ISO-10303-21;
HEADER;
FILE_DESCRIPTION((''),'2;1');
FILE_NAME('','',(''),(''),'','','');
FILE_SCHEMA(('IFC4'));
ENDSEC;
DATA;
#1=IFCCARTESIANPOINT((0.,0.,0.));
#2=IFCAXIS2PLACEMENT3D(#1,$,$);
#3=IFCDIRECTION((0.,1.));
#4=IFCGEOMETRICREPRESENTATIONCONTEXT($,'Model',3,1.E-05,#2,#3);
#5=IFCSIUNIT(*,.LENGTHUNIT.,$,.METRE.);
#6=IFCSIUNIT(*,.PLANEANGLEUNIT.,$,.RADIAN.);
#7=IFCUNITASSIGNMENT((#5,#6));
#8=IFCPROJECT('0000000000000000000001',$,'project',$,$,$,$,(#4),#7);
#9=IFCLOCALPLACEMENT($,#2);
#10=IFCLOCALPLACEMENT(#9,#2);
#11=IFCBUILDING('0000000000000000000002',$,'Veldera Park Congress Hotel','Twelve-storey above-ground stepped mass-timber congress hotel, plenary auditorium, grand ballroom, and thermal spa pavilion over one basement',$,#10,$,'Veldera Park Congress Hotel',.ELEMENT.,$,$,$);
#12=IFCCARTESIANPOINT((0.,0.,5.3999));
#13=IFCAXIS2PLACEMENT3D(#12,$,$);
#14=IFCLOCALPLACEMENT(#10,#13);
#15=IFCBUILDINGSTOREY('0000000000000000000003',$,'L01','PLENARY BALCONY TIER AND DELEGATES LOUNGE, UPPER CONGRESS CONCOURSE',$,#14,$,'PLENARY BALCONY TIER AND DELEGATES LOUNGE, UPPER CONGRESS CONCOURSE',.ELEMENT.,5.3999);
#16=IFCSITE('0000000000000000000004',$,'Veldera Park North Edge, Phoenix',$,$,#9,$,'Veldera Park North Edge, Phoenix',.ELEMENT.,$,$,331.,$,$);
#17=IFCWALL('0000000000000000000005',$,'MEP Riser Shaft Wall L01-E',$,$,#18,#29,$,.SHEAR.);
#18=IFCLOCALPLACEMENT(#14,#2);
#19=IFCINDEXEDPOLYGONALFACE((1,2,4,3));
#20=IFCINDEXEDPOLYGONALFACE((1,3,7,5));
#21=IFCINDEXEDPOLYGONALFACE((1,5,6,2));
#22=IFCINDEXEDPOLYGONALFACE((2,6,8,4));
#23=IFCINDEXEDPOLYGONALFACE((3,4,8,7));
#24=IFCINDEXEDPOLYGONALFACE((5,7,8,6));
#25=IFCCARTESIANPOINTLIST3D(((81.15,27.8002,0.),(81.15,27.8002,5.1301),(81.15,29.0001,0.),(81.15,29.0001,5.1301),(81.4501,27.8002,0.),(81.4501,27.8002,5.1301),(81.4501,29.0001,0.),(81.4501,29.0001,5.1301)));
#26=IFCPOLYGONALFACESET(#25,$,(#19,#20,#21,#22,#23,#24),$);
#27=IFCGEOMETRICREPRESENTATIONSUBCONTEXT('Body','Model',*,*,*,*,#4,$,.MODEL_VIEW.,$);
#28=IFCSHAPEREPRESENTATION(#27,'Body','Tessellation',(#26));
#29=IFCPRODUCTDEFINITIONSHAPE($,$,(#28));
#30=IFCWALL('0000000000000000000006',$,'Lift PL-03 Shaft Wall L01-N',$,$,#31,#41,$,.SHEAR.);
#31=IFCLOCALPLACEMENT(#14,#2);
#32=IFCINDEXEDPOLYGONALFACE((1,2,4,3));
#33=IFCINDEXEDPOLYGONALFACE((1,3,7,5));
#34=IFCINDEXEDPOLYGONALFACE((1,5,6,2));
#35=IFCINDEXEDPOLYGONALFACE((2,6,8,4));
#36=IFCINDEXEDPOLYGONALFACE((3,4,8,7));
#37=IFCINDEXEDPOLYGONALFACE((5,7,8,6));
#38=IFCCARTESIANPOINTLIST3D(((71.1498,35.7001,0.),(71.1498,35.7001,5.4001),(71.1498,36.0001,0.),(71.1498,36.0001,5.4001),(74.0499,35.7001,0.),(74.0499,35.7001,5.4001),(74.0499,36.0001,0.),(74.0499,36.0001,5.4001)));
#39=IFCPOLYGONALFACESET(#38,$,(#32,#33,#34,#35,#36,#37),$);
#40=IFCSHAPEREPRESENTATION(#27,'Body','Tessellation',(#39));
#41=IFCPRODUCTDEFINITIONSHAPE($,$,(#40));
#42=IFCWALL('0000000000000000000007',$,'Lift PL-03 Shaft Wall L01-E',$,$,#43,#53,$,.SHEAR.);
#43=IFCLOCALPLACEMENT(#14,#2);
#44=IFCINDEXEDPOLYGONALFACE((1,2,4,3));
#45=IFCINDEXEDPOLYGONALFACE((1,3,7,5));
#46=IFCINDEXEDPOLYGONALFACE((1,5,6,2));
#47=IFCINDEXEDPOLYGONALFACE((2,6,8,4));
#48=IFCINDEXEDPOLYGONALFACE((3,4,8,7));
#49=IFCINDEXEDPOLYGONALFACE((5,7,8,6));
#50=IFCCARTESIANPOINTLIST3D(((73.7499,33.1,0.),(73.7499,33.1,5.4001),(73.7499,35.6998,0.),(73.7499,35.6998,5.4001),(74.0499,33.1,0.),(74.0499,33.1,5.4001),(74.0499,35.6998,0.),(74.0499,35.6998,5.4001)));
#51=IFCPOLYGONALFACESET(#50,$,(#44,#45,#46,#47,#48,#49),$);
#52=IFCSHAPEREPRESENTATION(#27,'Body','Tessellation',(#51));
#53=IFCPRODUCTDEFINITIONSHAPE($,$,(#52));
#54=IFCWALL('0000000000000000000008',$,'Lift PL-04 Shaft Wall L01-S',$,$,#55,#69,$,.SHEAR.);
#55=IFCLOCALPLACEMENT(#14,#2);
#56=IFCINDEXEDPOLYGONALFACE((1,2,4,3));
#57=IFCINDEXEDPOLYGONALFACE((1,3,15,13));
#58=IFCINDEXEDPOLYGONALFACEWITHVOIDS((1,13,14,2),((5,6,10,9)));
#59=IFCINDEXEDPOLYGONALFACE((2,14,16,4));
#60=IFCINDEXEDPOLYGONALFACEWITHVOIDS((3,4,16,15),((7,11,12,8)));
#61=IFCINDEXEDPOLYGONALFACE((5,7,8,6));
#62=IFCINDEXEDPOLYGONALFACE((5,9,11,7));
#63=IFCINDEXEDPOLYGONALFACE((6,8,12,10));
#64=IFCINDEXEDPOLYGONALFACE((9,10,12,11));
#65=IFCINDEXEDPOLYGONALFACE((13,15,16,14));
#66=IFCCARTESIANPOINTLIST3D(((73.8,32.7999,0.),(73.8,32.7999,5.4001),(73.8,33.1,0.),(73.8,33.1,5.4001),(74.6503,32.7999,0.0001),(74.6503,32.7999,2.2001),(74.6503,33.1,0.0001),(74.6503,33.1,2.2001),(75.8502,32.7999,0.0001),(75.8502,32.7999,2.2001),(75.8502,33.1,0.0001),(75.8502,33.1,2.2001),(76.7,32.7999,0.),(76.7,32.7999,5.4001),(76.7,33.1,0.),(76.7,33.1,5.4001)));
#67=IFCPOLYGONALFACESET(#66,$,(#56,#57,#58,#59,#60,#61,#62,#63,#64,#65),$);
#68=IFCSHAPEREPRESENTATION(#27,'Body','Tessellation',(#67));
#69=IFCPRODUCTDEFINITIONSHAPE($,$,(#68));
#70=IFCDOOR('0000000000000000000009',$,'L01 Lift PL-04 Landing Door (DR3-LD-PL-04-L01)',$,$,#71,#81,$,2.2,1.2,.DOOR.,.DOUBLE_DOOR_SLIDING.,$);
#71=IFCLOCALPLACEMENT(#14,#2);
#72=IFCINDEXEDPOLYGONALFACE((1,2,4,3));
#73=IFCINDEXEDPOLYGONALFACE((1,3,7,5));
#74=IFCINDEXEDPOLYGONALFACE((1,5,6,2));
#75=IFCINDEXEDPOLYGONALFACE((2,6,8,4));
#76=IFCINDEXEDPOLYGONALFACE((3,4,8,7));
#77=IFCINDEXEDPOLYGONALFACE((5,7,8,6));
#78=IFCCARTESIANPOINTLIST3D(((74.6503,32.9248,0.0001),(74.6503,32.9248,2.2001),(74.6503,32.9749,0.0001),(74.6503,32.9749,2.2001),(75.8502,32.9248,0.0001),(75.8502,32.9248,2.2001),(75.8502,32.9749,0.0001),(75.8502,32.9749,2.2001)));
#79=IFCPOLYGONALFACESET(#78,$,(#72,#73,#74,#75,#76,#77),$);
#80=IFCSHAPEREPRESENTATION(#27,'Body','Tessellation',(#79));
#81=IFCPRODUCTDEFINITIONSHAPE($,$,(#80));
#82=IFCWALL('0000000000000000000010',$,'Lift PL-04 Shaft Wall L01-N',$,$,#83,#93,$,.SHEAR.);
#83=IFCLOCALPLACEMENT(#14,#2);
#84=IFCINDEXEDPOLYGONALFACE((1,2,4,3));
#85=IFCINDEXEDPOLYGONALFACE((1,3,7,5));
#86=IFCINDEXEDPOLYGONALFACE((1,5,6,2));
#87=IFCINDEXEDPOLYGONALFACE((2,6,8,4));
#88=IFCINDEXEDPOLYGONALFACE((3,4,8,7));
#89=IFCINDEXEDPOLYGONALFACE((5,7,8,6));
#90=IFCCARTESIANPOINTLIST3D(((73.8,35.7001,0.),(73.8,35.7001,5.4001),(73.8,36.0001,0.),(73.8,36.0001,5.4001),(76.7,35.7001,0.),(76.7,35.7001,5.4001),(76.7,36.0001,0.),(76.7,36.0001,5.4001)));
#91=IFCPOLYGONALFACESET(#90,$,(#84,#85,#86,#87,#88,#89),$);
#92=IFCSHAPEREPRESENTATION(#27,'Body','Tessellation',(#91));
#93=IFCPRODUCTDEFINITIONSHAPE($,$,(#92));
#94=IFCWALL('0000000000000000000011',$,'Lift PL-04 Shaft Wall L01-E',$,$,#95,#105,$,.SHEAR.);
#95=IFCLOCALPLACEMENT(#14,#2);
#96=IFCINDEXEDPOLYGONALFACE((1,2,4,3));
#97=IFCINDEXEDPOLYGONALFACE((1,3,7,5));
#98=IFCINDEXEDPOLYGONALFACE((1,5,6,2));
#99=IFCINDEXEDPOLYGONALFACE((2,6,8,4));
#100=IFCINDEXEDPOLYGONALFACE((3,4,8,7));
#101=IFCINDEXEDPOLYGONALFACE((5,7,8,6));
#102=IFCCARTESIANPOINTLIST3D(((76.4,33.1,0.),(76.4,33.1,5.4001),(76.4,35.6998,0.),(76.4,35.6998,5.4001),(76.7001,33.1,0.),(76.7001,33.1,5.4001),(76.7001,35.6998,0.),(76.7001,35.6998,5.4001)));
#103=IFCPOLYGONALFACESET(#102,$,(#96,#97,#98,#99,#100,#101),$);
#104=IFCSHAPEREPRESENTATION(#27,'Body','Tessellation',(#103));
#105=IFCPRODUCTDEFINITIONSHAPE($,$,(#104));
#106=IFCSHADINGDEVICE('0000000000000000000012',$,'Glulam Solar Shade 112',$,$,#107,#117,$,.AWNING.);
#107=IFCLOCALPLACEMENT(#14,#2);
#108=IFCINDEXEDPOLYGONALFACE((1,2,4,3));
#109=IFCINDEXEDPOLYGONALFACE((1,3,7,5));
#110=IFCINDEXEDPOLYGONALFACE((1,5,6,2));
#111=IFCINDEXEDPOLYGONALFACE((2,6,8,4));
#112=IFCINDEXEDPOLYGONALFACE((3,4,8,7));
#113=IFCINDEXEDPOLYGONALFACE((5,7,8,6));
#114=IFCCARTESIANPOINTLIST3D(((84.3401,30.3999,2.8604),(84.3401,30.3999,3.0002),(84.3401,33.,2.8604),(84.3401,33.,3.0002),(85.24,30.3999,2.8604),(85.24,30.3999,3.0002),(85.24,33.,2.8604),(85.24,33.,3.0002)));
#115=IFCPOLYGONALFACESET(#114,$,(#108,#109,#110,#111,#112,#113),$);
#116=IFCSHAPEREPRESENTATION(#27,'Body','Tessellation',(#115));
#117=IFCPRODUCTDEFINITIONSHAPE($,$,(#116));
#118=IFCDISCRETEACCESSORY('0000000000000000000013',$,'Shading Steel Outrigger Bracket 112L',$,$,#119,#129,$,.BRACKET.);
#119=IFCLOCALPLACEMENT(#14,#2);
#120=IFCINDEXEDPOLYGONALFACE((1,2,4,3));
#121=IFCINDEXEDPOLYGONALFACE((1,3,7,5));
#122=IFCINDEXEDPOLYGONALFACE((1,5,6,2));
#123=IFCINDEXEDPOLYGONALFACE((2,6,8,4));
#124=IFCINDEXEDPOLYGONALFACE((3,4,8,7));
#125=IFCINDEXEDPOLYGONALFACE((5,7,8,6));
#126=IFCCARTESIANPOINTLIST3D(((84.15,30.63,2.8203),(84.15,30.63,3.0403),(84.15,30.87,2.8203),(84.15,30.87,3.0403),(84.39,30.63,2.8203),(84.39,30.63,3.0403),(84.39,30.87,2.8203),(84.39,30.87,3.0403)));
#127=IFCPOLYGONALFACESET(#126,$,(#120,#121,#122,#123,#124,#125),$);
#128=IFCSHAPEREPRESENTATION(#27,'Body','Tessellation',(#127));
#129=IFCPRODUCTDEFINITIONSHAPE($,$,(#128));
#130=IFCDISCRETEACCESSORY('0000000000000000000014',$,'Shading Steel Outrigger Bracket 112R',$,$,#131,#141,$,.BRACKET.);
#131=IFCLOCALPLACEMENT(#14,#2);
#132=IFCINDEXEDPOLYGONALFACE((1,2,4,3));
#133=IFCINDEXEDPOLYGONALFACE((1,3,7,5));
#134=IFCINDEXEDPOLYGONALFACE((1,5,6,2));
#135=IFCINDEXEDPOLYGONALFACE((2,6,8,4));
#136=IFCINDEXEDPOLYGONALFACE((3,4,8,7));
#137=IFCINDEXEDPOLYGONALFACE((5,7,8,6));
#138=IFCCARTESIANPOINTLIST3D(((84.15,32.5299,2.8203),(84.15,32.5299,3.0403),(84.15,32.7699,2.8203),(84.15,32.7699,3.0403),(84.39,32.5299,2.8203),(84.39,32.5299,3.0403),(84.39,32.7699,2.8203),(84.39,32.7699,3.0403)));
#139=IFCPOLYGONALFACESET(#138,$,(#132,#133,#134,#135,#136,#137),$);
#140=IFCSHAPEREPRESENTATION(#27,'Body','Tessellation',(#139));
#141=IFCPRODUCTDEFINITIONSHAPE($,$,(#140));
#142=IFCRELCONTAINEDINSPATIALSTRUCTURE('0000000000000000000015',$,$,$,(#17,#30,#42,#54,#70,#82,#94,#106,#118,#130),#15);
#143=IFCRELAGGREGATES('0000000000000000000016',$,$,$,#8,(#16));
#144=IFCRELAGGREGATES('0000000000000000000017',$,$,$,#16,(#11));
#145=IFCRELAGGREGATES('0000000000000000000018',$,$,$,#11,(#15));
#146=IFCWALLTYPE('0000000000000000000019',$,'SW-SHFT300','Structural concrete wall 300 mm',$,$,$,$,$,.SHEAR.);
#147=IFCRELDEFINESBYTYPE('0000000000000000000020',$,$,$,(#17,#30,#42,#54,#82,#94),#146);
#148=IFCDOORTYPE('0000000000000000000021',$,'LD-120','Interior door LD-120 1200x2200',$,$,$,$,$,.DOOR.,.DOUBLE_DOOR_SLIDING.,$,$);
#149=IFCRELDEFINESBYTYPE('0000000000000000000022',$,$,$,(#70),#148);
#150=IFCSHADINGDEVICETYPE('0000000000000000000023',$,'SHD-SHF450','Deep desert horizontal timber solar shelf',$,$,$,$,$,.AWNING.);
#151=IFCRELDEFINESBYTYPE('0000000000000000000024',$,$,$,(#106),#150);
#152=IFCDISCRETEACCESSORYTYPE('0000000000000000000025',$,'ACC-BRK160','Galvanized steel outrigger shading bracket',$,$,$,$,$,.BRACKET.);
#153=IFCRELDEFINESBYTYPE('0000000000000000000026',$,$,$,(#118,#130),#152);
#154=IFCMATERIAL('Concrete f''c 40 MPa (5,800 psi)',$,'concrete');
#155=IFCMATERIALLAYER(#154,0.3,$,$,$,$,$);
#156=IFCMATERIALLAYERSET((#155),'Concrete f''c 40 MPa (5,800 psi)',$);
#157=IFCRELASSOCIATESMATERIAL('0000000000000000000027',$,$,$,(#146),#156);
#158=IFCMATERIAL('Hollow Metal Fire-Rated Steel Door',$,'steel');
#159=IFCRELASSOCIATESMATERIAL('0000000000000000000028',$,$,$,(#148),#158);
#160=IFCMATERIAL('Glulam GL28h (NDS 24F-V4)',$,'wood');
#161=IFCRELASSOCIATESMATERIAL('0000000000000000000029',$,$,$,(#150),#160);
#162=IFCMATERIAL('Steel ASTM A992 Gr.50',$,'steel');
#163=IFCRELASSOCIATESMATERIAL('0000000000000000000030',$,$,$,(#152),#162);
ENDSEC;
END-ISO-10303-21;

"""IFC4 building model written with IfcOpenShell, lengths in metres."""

from ifc_helpers import new_model, si_unit, direction, frame, frame_2d, origin, origin_2d, place, context, subcontext, project, spatial, rectangle, extrude, material, layer, layer_set, type_object, element, fill, save


model = new_model("IFC4")

# Units and contexts
model_context = context("Model", 3, precision=1e-05, world=origin(), true_north=direction((0.0, 1.0)))
body_context = subcontext(model_context, "Body", "Model", "MODEL_VIEW")
ifc_project = project(units=[si_unit("LENGTHUNIT", "METRE"), si_unit("PLANEANGLEUNIT", "RADIAN")], contexts=[model_context])

# Site, building, storey
site_placement = place(None, origin())
site = spatial("IfcSite", under=ifc_project, at=site_placement, Name="Veldera Park North Edge, Phoenix", LongName="Veldera Park North Edge, Phoenix", CompositionType="ELEMENT", RefElevation=331.0)
building_placement = place(site_placement, origin())
building = spatial("IfcBuilding", under=site, at=building_placement, Name="Veldera Park Congress Hotel", Description="Twelve-storey above-ground stepped mass-timber congress hotel, plenary auditorium, grand ballroom, and thermal spa pavilion over one basement", LongName="Veldera Park Congress Hotel", CompositionType="ELEMENT")
storey_placement = place(building_placement, frame((0.0, 0.0, 5.3999)))
storey = spatial("IfcBuildingStorey", under=building, at=storey_placement, Name="L01", Description="PLENARY BALCONY TIER AND DELEGATES LOUNGE, UPPER CONGRESS CONCOURSE", LongName="PLENARY BALCONY TIER AND DELEGATES LOUNGE, UPPER CONGRESS CONCOURSE", CompositionType="ELEMENT", Elevation=5.3999)

# Shared definitions
ifc_material_1 = material(Name="Concrete f'c 40 MPa (5,800 psi)", Category="concrete")

# Shared definitions
ifc_material_2 = material(Name="Glulam GL28h (NDS 24F-V4)", Category="wood")
ifc_material_3 = material(Name="Steel ASTM A992 Gr.50", Category="steel")

# Walls
ifc_layer_1 = layer(ifc_material_1, 0.3)
ifc_layer_set_1 = layer_set([ifc_layer_1], Name="Concrete f'c 40 MPa (5,800 psi)")
wall_type_1 = type_object("IfcWallType", Name="SW-SHFT300", Description="Structural concrete wall 300 mm", PredefinedType="SHEAR", material=ifc_layer_set_1)
for number, where, z_axis, x_axis, name in (
    (1, (81.3, 27.8, 0.0), (0.0, 0.0, 1.0), (0.0, 1.0, 0.0), "MEP Riser Shaft Wall L01-E"),
):
    element("IfcWall", number, at=place(storey_placement, frame(where, z_axis=z_axis, x_axis=x_axis)), inside=storey, type_object=wall_type_1, Name=name, PredefinedType="SHEAR", context=body_context, shape_type="SweptSolid", body=[
        extrude(rectangle(XDim=1.2, YDim=0.3, at=frame_2d((0.6001, 0.0))), origin(), (0.0, 0.0, 1.0), 5.1301),
    ])
wall_1_placement = place(storey_placement, frame((74.05, 35.8501, 0.0), z_axis=(0.0, 0.0, 1.0), x_axis=(-1.0, 0.0, 0.0)))
element("IfcWall", 2, at=wall_1_placement, inside=storey, type_object=wall_type_1, Name="Lift PL-03 Shaft Wall L01-N", PredefinedType="SHEAR", context=body_context, shape_type="SweptSolid", body=[
    extrude(rectangle(XDim=2.9001, YDim=0.3, at=frame_2d((1.4502, 0.0))), origin(), (0.0, 0.0, 1.0), 5.4001),
])
wall_2_placement = place(storey_placement, frame((73.8999, 33.1001, 0.0), z_axis=(0.0, 0.0, 1.0), x_axis=(0.0, 1.0, 0.0)))
element("IfcWall", 3, at=wall_2_placement, inside=storey, type_object=wall_type_1, Name="Lift PL-03 Shaft Wall L01-E", PredefinedType="SHEAR", context=body_context, shape_type="SweptSolid", body=[
    extrude(rectangle(XDim=2.5999, YDim=0.3, at=frame_2d((1.2998, 0.0))), origin(), (0.0, 0.0, 1.0), 5.4001),
])

# Wall, opening, door
wall_3_placement = place(storey_placement, frame((73.8, 32.95, 0.0), z_axis=(0.0, 0.0, 1.0), x_axis=(1.0, 0.0, 0.0)))
wall_3 = element("IfcWall", 4, at=wall_3_placement, inside=storey, type_object=wall_type_1, Name="Lift PL-04 Shaft Wall L01-S", PredefinedType="SHEAR", context=body_context, shape_type="SweptSolid", body=[
    extrude(rectangle(XDim=2.8999, YDim=0.3, at=frame_2d((1.45, 0.0))), origin(), (0.0, 0.0, 1.0), 5.4001),
])
opening_1_placement = place(wall_3_placement, frame((0.8501, 0.0, 0.0)))
opening_1 = element("IfcOpeningElement", 5, at=opening_1_placement, cuts=wall_3, PredefinedType="OPENING", context=body_context, shape_type="SweptSolid", body=[
    extrude(rectangle(XDim=1.2, YDim=2.2, at=frame_2d((0.6001, 1.1001))), frame((0.0, 0.1621, 0.0), z_axis=(0.0, -1.0, 0.0), x_axis=(1.0, 0.0, 0.0)), (0.0, 0.0, 1.0), 0.324),
])
ifc_material_4 = material(Name="Hollow Metal Fire-Rated Steel Door", Category="steel")
door_type_1 = type_object("IfcDoorType", Name="LD-120", Description="Interior door LD-120 1200x2200", OperationType="DOUBLE_DOOR_SLIDING", PredefinedType="DOOR", material=ifc_material_4)
door_1_placement = place(opening_1_placement, origin())
door_1 = element("IfcDoor", 6, at=door_1_placement, inside=storey, type_object=door_type_1, Name="L01 Lift PL-04 Landing Door (DR3-LD-PL-04-L01)", OperationType="DOUBLE_DOOR_SLIDING", OverallHeight=2.2, OverallWidth=1.2, PredefinedType="DOOR", context=body_context, shape_type="SweptSolid", body=[
    extrude(rectangle(XDim=1.2, YDim=2.2, at=frame_2d((0.6001, 1.1001))), frame((0.0, 0.0249, 0.0), z_axis=(0.0, -1.0, 0.0), x_axis=(1.0, 0.0, 0.0)), (0.0, 0.0, 1.0), 0.05),
])
fill(opening_1, door_1)

# Walls
wall_4_placement = place(storey_placement, frame((76.7, 35.8501, 0.0), z_axis=(0.0, 0.0, 1.0), x_axis=(-1.0, 0.0, 0.0)))
element("IfcWall", 7, at=wall_4_placement, inside=storey, type_object=wall_type_1, Name="Lift PL-04 Shaft Wall L01-N", PredefinedType="SHEAR", context=body_context, shape_type="SweptSolid", body=[
    extrude(rectangle(XDim=2.8999, YDim=0.3, at=frame_2d((1.45, 0.0))), origin(), (0.0, 0.0, 1.0), 5.4001),
])
wall_5_placement = place(storey_placement, frame((76.55, 33.1001, 0.0), z_axis=(0.0, 0.0, 1.0), x_axis=(0.0, 1.0, 0.0)))
element("IfcWall", 8, at=wall_5_placement, inside=storey, type_object=wall_type_1, Name="Lift PL-04 Shaft Wall L01-E", PredefinedType="SHEAR", context=body_context, shape_type="SweptSolid", body=[
    extrude(rectangle(XDim=2.5999, YDim=0.3, at=frame_2d((1.2998, 0.0))), origin(), (0.0, 0.0, 1.0), 5.4001),
])

# Shading device
shading_device_type = type_object("IfcShadingDeviceType", Name="SHD-SHF450", Description="Deep desert horizontal timber solar shelf", PredefinedType="AWNING", material=ifc_material_2)
shading_device_placement = place(storey_placement, frame((84.79, 31.7, 2.8604), z_axis=(0.0, 0.0, 1.0), x_axis=(0.0, 1.0, 0.0)))
element("IfcShadingDevice", 9, at=shading_device_placement, inside=storey, type_object=shading_device_type, Name="Glulam Solar Shade 112", PredefinedType="AWNING", context=body_context, shape_type="SweptSolid", body=[
    extrude(rectangle(XDim=2.6001, YDim=0.8999, at=origin_2d()), origin(), (0.0, 0.0, 1.0), 0.1399),
])

# Discrete accessories
discrete_accessory_type = type_object("IfcDiscreteAccessoryType", Name="ACC-BRK160", Description="Galvanized steel outrigger shading bracket", PredefinedType="BRACKET", material=ifc_material_3)
for number, where, z_axis, x_axis, name in (
    (10, (84.27, 30.75, 2.8203), (0.0, 0.0, 1.0), (0.0, 1.0, 0.0), "Shading Steel Outrigger Bracket 112L"),
    (11, (84.27, 32.6499, 2.8203), (0.0, 0.0, 1.0), (0.0, 1.0, 0.0), "Shading Steel Outrigger Bracket 112R"),
):
    element("IfcDiscreteAccessory", number, at=place(storey_placement, frame(where, z_axis=z_axis, x_axis=x_axis)), inside=storey, type_object=discrete_accessory_type, Name=name, PredefinedType="BRACKET", context=body_context, shape_type="SweptSolid", body=[
        extrude(rectangle(XDim=0.24, YDim=0.24, at=origin_2d()), origin(), (0.0, 0.0, 1.0), 0.22),
    ])

save(model, "model.ifc")
